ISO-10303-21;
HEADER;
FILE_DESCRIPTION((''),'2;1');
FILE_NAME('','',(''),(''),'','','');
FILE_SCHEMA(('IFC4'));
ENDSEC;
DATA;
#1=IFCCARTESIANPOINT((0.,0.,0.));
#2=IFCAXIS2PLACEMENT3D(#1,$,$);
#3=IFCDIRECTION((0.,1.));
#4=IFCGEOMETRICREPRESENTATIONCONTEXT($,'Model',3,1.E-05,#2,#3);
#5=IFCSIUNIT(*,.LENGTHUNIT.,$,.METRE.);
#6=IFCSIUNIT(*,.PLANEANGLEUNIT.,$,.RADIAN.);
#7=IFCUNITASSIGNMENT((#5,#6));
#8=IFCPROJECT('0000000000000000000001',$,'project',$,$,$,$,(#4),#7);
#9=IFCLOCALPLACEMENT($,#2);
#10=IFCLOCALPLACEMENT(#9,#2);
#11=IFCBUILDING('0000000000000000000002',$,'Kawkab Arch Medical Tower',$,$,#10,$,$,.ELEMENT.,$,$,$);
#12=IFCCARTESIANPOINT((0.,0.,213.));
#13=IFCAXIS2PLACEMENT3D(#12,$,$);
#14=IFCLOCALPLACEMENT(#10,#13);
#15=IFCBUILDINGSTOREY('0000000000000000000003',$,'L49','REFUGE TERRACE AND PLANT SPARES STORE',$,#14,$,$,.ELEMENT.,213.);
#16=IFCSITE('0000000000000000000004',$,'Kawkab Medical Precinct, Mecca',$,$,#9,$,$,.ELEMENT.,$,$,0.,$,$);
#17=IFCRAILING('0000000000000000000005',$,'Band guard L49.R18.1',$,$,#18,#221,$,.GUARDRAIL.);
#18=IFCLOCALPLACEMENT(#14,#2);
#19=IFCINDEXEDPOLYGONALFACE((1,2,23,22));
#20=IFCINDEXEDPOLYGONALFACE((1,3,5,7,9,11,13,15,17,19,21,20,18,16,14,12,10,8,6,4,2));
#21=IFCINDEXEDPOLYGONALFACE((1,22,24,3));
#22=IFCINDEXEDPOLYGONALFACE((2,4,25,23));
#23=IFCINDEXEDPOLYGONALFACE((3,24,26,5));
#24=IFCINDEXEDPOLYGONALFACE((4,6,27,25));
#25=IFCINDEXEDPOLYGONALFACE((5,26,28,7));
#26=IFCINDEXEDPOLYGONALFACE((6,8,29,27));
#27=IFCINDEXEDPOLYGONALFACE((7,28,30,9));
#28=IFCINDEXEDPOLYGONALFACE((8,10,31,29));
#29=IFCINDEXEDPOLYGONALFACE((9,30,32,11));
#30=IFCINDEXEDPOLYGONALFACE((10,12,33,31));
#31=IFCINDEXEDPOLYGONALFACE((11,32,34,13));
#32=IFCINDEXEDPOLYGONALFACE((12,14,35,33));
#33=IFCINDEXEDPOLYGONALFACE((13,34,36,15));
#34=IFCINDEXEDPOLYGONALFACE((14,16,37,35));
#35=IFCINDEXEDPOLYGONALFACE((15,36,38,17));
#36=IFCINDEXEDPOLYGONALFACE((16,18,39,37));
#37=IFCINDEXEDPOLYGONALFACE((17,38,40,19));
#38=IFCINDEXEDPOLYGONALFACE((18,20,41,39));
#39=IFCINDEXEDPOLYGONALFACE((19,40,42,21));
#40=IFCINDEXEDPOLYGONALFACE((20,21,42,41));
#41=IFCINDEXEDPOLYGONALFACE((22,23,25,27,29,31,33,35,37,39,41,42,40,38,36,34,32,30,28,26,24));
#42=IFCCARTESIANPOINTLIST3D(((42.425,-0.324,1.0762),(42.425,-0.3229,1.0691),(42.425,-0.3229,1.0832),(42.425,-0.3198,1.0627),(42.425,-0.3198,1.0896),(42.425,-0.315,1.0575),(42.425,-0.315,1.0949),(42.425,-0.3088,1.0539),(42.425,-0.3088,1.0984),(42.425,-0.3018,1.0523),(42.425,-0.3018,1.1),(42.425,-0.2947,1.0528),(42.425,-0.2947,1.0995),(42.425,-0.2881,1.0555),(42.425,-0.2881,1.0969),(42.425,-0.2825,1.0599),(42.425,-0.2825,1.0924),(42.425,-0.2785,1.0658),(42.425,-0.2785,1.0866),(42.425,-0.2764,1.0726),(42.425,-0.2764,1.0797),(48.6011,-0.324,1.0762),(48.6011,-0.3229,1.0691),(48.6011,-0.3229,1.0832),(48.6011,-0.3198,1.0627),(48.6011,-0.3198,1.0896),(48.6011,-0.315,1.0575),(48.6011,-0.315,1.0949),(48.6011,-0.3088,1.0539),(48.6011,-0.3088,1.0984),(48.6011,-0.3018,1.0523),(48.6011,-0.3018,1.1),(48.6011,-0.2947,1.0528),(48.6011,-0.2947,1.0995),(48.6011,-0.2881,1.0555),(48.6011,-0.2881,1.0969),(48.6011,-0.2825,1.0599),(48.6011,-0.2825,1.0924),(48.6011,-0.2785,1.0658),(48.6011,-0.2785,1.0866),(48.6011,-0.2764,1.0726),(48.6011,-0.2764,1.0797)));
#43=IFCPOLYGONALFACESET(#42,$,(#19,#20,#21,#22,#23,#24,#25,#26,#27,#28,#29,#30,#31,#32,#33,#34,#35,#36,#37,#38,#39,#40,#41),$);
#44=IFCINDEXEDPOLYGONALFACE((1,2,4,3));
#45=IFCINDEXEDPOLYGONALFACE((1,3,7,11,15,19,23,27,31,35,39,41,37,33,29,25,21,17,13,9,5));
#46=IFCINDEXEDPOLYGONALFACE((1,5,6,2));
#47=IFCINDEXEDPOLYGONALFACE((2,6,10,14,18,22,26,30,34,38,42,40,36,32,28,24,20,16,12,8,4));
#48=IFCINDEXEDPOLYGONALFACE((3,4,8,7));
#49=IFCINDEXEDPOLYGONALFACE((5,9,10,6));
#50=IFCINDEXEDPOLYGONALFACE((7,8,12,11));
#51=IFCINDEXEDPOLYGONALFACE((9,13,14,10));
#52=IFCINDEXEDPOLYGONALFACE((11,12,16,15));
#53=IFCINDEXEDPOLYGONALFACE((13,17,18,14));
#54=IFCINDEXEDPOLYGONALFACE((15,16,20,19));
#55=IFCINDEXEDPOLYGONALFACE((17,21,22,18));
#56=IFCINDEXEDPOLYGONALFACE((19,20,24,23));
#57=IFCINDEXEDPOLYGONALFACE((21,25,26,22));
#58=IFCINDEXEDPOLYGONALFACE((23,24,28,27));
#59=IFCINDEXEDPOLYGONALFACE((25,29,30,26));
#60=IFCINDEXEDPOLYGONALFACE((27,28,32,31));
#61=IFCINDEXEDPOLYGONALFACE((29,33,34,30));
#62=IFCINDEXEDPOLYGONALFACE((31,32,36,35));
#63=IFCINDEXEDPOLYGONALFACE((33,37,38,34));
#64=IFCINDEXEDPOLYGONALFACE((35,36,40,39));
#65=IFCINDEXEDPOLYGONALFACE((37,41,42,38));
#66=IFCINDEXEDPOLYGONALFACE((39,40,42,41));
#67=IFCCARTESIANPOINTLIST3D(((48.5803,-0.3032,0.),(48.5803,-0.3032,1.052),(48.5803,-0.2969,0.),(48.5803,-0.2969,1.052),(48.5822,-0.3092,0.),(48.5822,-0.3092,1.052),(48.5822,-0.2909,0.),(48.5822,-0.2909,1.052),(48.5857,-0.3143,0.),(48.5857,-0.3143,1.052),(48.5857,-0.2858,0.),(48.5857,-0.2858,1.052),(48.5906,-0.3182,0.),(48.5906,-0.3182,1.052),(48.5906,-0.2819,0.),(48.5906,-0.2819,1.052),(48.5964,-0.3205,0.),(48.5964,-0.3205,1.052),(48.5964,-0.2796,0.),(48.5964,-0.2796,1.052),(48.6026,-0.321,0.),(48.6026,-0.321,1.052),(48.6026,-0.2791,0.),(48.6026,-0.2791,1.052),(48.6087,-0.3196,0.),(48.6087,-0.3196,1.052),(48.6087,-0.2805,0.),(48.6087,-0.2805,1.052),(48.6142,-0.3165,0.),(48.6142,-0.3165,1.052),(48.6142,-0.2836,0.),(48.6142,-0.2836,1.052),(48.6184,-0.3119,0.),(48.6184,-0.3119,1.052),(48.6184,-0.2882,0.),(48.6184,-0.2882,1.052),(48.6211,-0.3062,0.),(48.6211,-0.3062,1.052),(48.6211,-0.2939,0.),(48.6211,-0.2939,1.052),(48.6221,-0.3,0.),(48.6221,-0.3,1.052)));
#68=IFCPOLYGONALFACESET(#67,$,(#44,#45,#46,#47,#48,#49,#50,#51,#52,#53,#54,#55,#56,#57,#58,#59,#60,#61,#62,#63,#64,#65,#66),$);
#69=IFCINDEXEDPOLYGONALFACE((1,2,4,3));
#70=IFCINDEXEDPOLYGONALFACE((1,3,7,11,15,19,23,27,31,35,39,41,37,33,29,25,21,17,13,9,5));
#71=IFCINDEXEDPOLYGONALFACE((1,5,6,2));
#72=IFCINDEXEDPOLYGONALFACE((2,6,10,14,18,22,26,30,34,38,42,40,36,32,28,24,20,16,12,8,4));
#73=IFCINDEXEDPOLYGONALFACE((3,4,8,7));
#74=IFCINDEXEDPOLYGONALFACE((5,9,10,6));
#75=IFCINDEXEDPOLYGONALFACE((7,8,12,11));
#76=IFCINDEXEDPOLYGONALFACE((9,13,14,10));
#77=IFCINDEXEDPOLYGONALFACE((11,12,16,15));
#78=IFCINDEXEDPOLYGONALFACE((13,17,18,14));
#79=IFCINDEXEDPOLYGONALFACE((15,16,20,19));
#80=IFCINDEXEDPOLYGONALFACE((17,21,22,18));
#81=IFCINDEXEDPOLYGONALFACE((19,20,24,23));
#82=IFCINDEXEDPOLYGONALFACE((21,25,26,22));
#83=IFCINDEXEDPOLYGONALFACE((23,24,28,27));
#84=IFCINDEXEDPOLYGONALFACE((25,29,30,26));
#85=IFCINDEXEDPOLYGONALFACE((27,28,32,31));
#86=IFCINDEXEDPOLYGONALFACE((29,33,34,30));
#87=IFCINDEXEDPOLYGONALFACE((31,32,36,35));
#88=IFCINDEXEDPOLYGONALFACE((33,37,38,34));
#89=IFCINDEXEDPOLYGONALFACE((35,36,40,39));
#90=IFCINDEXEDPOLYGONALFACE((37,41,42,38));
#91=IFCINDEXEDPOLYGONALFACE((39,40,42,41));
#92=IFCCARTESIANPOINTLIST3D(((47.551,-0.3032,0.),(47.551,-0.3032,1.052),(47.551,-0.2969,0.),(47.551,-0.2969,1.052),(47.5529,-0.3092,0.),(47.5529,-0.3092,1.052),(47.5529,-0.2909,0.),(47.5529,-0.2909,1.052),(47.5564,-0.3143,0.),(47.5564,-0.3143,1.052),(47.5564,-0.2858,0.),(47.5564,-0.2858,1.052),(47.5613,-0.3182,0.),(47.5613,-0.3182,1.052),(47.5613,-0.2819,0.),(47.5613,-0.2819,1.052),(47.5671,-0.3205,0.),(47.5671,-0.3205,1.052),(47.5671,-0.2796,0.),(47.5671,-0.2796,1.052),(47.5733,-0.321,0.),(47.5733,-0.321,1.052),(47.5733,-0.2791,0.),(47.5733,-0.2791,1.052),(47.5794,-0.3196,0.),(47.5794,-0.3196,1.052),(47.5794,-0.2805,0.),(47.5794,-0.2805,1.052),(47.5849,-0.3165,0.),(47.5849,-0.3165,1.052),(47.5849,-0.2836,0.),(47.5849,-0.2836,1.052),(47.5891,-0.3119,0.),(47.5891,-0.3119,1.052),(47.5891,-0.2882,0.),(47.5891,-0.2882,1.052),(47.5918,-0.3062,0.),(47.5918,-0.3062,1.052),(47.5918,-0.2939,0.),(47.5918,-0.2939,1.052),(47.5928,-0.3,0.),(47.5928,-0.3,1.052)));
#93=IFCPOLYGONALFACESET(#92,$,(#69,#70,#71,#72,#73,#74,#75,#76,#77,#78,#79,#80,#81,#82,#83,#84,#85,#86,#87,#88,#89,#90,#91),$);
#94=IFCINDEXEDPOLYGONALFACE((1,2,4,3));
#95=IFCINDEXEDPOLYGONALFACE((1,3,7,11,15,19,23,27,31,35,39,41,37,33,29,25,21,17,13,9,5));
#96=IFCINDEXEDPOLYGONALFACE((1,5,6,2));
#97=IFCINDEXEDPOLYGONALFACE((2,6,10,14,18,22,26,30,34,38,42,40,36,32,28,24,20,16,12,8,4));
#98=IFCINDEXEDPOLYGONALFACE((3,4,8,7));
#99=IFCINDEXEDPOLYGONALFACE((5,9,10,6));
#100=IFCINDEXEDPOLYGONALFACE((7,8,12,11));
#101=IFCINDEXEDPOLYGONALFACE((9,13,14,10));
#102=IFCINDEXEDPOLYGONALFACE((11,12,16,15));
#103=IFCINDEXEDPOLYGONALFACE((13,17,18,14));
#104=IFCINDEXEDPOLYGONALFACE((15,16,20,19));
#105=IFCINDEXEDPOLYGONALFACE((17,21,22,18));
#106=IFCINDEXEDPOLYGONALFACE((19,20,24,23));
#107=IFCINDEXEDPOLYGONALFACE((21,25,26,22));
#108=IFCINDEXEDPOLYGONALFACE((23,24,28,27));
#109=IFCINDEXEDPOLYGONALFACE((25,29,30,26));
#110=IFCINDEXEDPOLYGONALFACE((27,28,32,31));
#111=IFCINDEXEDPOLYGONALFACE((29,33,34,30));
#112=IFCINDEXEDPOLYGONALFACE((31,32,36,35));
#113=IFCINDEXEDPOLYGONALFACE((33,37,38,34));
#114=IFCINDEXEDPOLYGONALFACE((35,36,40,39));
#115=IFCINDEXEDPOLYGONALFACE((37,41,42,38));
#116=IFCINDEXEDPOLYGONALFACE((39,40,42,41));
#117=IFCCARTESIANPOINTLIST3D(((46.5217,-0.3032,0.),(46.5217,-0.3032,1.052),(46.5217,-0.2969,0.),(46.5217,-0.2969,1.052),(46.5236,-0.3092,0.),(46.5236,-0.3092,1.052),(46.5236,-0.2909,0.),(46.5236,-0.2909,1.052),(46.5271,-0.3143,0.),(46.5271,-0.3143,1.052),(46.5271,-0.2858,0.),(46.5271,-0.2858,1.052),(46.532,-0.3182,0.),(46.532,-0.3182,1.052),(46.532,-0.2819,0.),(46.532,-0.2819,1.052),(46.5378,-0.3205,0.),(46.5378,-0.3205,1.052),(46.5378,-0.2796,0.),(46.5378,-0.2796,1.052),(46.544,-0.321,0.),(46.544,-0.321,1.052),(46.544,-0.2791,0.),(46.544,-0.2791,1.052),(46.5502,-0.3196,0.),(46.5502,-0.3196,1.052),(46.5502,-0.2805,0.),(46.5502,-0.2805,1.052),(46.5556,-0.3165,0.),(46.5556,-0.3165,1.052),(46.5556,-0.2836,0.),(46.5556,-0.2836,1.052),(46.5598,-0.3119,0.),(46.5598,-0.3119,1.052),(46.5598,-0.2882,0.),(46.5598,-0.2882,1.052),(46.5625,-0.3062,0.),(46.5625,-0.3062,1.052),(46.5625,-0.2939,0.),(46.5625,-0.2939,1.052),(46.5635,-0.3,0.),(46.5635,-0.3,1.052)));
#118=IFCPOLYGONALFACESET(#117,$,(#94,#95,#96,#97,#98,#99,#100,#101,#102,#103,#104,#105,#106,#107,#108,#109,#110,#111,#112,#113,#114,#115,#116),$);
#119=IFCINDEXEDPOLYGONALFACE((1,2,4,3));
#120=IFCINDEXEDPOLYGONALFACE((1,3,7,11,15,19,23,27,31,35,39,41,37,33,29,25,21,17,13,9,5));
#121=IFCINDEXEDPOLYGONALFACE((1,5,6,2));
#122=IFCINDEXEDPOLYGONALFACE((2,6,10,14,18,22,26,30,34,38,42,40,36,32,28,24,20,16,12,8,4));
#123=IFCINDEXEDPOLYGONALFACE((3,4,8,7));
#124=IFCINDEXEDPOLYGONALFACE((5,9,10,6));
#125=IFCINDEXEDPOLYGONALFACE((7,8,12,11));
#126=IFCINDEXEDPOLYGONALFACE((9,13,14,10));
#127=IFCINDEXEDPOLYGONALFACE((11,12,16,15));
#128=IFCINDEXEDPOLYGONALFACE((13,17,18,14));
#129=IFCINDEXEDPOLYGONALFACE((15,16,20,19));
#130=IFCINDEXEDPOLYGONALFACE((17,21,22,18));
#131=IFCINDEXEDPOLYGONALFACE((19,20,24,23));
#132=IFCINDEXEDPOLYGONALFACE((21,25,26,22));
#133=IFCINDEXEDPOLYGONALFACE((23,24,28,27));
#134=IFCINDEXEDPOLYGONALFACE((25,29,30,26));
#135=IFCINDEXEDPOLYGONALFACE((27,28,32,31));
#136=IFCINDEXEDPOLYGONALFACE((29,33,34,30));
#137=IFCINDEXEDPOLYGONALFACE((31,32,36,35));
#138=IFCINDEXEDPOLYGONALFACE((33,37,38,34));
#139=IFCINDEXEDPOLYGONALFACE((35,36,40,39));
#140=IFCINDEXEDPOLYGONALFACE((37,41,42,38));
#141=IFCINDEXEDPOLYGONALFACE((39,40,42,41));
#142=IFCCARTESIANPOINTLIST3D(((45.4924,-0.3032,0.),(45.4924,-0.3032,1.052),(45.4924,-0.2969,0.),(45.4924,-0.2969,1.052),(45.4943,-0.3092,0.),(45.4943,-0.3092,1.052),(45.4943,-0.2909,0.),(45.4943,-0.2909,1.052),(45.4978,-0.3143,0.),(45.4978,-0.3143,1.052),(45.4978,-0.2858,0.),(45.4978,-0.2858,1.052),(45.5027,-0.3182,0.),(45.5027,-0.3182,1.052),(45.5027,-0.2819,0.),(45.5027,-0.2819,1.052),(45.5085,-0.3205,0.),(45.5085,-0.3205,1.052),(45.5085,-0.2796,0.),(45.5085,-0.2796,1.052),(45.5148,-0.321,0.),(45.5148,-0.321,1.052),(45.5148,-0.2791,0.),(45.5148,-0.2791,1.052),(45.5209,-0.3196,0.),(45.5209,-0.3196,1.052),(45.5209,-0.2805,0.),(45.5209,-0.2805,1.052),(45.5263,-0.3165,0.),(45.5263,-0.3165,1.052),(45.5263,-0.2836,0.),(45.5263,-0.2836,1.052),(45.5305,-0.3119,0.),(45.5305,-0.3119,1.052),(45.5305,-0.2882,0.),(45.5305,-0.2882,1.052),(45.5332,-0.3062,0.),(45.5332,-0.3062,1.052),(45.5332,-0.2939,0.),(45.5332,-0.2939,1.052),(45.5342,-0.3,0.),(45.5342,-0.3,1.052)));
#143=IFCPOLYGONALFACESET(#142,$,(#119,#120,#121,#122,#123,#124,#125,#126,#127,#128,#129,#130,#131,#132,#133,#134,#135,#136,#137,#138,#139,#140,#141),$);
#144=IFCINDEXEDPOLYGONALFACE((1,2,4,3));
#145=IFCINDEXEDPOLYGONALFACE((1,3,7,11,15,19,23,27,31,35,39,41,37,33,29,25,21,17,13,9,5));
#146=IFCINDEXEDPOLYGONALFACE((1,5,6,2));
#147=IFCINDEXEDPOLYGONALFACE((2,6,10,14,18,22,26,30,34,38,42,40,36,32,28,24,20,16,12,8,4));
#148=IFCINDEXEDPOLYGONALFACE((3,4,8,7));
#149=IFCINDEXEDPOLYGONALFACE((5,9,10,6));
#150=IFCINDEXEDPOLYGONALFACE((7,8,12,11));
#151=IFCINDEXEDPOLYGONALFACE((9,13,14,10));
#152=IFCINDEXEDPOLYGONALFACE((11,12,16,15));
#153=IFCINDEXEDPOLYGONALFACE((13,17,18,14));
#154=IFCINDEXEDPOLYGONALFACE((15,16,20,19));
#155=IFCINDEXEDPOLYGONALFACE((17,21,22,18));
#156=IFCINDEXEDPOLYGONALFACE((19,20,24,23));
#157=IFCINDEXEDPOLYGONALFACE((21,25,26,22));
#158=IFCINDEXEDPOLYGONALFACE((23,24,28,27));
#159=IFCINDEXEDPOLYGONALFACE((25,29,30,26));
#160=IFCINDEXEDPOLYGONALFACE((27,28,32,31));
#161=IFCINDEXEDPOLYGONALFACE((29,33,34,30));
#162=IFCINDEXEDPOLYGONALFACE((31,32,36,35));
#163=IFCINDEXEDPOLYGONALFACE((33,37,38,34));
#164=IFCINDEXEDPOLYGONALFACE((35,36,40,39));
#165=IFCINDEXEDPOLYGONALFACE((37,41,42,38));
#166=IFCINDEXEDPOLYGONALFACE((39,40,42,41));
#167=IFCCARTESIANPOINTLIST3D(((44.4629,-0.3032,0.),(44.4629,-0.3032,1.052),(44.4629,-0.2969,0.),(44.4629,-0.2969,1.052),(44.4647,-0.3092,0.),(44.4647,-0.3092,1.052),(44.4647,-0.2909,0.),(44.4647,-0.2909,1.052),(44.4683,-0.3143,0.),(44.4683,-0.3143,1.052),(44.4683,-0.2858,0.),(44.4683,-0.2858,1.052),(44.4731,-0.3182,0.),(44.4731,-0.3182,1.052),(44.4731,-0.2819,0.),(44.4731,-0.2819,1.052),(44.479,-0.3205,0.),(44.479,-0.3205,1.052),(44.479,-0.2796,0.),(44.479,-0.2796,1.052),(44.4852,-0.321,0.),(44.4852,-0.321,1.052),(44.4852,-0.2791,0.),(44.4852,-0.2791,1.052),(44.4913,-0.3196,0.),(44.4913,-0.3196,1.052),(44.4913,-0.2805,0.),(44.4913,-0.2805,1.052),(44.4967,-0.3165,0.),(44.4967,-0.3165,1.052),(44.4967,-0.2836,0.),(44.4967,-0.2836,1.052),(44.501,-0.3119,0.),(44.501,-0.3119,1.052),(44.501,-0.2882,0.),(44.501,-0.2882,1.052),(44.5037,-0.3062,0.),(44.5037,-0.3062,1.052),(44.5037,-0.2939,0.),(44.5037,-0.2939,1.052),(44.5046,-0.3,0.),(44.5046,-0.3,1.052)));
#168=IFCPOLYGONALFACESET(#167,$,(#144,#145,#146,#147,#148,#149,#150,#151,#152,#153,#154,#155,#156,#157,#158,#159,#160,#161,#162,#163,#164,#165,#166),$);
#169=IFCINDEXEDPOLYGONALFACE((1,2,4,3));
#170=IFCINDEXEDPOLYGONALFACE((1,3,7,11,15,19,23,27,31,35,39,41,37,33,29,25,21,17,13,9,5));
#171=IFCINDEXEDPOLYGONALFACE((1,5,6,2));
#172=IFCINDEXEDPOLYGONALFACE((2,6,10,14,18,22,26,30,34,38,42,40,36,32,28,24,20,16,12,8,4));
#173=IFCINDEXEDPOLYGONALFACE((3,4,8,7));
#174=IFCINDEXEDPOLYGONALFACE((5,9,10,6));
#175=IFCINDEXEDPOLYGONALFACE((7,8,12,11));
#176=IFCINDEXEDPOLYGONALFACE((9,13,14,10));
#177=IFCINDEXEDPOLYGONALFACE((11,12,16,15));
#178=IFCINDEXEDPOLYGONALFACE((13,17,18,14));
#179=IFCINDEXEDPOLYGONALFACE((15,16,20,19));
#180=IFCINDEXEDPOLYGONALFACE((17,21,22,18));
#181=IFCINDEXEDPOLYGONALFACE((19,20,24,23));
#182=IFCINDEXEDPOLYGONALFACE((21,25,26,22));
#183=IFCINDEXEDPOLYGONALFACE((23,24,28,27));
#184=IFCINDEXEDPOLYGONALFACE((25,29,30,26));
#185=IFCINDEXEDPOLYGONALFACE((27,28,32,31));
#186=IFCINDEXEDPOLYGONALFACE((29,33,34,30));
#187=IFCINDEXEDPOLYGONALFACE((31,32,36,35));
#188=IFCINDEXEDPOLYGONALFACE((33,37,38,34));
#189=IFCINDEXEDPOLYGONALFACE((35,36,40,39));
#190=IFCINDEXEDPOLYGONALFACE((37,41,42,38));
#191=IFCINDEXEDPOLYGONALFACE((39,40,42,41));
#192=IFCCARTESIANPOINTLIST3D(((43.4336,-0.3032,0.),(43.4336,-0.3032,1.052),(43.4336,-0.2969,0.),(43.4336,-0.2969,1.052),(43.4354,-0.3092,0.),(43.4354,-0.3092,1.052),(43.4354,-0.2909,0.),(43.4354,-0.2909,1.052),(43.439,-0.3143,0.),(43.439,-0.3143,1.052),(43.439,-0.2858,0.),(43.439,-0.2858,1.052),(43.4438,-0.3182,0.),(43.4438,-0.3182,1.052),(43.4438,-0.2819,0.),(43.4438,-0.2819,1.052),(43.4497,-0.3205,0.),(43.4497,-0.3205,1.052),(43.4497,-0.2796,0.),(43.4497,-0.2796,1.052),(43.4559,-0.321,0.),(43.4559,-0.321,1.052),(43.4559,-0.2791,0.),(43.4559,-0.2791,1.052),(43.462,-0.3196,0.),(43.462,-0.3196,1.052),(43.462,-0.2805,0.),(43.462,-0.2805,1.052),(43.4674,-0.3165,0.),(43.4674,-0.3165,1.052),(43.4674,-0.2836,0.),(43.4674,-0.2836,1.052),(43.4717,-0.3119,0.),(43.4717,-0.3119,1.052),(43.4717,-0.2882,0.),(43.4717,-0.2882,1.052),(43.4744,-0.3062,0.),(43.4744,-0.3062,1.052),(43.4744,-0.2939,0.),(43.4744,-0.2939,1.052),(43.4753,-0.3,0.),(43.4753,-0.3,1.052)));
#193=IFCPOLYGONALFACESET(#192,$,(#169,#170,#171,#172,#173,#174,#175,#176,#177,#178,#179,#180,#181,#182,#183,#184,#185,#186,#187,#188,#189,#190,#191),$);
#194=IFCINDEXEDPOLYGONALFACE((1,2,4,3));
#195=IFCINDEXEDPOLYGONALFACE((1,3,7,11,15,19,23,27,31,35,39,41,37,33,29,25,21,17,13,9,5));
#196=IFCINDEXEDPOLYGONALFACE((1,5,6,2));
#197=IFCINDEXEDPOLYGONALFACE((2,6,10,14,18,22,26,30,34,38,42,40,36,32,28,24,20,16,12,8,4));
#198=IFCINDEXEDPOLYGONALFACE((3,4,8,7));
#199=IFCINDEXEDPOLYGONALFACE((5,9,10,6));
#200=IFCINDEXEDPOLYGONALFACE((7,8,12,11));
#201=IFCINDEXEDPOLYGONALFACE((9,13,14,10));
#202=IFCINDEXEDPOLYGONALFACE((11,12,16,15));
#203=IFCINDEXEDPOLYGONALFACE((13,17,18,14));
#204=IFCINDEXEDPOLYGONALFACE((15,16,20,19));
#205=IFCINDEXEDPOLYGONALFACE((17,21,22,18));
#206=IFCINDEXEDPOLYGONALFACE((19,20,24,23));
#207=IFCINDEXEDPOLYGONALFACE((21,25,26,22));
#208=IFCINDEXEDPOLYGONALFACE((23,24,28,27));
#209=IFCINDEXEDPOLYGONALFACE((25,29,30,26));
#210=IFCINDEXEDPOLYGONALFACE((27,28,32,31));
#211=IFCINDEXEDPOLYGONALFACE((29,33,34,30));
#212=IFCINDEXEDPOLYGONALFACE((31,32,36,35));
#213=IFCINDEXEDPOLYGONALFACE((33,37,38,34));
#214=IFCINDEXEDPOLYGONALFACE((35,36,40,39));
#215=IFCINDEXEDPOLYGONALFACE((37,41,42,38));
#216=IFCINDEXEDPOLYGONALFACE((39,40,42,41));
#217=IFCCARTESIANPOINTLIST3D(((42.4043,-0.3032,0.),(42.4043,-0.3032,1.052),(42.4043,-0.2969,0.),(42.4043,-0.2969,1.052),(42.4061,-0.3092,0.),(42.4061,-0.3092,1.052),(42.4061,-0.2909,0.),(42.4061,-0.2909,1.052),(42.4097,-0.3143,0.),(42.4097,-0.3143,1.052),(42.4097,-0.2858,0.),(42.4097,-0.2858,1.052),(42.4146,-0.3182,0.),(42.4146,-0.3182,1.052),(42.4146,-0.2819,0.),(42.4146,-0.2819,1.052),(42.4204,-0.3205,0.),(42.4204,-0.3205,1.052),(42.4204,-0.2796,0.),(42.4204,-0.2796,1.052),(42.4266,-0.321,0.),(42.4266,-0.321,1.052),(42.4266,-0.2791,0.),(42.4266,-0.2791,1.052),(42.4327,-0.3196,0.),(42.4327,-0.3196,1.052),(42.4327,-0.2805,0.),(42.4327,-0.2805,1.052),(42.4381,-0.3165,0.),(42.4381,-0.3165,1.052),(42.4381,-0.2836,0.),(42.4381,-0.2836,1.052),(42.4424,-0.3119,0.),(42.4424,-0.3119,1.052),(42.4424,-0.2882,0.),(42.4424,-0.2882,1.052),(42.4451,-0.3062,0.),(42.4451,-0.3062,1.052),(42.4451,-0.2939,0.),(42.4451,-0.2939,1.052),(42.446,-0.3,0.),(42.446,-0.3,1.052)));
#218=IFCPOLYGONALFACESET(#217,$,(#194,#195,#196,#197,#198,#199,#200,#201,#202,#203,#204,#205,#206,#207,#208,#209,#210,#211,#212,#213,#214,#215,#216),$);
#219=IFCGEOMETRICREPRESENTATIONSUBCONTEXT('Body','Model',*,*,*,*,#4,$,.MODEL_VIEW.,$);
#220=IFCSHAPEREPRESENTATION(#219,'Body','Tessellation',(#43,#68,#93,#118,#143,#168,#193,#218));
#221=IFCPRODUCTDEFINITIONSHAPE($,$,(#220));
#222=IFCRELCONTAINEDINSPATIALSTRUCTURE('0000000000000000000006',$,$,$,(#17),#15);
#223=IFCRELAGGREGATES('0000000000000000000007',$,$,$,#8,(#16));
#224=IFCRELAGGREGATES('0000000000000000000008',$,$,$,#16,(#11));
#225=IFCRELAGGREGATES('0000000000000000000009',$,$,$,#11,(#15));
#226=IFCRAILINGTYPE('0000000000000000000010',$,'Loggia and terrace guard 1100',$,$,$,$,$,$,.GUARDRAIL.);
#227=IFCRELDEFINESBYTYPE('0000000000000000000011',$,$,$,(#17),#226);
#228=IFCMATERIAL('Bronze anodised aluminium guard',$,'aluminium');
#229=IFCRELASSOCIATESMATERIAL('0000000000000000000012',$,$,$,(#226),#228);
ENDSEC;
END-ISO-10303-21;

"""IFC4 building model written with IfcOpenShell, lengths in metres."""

from ifc_helpers import new_model, si_unit, direction, frame, origin, origin_2d, place, context, subcontext, project, spatial, circle, extrude, material, type_object, element, save


model = new_model("IFC4")

# Units and contexts
model_context = context("Model", 3, precision=1e-05, world=origin(), true_north=direction((0.0, 1.0)))
body_context = subcontext(model_context, "Body", "Model", "MODEL_VIEW")
ifc_project = project(units=[si_unit("LENGTHUNIT", "METRE"), si_unit("PLANEANGLEUNIT", "RADIAN")], contexts=[model_context])

# Site, building, storey
site_placement = place(None, origin())
site = spatial("IfcSite", under=ifc_project, at=site_placement, Name="Kawkab Medical Precinct, Mecca", CompositionType="ELEMENT", RefElevation=0.0)
building_placement = place(site_placement, origin())
building = spatial("IfcBuilding", under=site, at=building_placement, Name="Kawkab Arch Medical Tower", CompositionType="ELEMENT")
storey_placement = place(building_placement, frame((0.0, 0.0, 213.0)))
storey = spatial("IfcBuildingStorey", under=building, at=storey_placement, Name="L49", Description="REFUGE TERRACE AND PLANT SPARES STORE", CompositionType="ELEMENT", Elevation=213.0)

# Railing
ifc_material_1 = material(Name="Bronze anodised aluminium guard", Category="aluminium")
railing_type_1 = type_object("IfcRailingType", Name="Loggia and terrace guard 1100", PredefinedType="GUARDRAIL", material=ifc_material_1)
railing_1_placement = place(storey_placement, frame((48.6011, -0.3, 0.0)))
element("IfcRailing", 1, at=railing_1_placement, inside=storey, type_object=railing_type_1, Name="Band guard L49.R18.1", PredefinedType="GUARDRAIL", context=body_context, shape_type="SweptSolid", body=[
    extrude(circle(Radius=0.0239, at=origin_2d()), frame((0.0, 0.0, 1.0762), z_axis=(-1.0, 0.0, 0.0), x_axis=(0.0, -1.0, 0.0)), (0.0, 0.0, 1.0), 6.176),
    extrude(circle(Radius=0.021, at=origin_2d()), origin(), (0.0, 0.0, 1.0), 1.052),
    extrude(circle(Radius=0.021, at=origin_2d()), frame((-1.0293, 0.0, 0.0)), (0.0, 0.0, 1.0), 1.052),
    extrude(circle(Radius=0.021, at=origin_2d()), frame((-2.0586, 0.0, 0.0)), (0.0, 0.0, 1.0), 1.052),
    extrude(circle(Radius=0.021, at=origin_2d()), frame((-3.0879, 0.0, 0.0)), (0.0, 0.0, 1.0), 1.052),
    extrude(circle(Radius=0.021, at=origin_2d()), frame((-4.1174, 0.0, 0.0)), (0.0, 0.0, 1.0), 1.052),
    extrude(circle(Radius=0.021, at=origin_2d()), frame((-5.1467, 0.0, 0.0)), (0.0, 0.0, 1.0), 1.052),
    extrude(circle(Radius=0.021, at=origin_2d()), frame((-6.176, 0.0, 0.0)), (0.0, 0.0, 1.0), 1.052),
])

save(model, "model.ifc")
